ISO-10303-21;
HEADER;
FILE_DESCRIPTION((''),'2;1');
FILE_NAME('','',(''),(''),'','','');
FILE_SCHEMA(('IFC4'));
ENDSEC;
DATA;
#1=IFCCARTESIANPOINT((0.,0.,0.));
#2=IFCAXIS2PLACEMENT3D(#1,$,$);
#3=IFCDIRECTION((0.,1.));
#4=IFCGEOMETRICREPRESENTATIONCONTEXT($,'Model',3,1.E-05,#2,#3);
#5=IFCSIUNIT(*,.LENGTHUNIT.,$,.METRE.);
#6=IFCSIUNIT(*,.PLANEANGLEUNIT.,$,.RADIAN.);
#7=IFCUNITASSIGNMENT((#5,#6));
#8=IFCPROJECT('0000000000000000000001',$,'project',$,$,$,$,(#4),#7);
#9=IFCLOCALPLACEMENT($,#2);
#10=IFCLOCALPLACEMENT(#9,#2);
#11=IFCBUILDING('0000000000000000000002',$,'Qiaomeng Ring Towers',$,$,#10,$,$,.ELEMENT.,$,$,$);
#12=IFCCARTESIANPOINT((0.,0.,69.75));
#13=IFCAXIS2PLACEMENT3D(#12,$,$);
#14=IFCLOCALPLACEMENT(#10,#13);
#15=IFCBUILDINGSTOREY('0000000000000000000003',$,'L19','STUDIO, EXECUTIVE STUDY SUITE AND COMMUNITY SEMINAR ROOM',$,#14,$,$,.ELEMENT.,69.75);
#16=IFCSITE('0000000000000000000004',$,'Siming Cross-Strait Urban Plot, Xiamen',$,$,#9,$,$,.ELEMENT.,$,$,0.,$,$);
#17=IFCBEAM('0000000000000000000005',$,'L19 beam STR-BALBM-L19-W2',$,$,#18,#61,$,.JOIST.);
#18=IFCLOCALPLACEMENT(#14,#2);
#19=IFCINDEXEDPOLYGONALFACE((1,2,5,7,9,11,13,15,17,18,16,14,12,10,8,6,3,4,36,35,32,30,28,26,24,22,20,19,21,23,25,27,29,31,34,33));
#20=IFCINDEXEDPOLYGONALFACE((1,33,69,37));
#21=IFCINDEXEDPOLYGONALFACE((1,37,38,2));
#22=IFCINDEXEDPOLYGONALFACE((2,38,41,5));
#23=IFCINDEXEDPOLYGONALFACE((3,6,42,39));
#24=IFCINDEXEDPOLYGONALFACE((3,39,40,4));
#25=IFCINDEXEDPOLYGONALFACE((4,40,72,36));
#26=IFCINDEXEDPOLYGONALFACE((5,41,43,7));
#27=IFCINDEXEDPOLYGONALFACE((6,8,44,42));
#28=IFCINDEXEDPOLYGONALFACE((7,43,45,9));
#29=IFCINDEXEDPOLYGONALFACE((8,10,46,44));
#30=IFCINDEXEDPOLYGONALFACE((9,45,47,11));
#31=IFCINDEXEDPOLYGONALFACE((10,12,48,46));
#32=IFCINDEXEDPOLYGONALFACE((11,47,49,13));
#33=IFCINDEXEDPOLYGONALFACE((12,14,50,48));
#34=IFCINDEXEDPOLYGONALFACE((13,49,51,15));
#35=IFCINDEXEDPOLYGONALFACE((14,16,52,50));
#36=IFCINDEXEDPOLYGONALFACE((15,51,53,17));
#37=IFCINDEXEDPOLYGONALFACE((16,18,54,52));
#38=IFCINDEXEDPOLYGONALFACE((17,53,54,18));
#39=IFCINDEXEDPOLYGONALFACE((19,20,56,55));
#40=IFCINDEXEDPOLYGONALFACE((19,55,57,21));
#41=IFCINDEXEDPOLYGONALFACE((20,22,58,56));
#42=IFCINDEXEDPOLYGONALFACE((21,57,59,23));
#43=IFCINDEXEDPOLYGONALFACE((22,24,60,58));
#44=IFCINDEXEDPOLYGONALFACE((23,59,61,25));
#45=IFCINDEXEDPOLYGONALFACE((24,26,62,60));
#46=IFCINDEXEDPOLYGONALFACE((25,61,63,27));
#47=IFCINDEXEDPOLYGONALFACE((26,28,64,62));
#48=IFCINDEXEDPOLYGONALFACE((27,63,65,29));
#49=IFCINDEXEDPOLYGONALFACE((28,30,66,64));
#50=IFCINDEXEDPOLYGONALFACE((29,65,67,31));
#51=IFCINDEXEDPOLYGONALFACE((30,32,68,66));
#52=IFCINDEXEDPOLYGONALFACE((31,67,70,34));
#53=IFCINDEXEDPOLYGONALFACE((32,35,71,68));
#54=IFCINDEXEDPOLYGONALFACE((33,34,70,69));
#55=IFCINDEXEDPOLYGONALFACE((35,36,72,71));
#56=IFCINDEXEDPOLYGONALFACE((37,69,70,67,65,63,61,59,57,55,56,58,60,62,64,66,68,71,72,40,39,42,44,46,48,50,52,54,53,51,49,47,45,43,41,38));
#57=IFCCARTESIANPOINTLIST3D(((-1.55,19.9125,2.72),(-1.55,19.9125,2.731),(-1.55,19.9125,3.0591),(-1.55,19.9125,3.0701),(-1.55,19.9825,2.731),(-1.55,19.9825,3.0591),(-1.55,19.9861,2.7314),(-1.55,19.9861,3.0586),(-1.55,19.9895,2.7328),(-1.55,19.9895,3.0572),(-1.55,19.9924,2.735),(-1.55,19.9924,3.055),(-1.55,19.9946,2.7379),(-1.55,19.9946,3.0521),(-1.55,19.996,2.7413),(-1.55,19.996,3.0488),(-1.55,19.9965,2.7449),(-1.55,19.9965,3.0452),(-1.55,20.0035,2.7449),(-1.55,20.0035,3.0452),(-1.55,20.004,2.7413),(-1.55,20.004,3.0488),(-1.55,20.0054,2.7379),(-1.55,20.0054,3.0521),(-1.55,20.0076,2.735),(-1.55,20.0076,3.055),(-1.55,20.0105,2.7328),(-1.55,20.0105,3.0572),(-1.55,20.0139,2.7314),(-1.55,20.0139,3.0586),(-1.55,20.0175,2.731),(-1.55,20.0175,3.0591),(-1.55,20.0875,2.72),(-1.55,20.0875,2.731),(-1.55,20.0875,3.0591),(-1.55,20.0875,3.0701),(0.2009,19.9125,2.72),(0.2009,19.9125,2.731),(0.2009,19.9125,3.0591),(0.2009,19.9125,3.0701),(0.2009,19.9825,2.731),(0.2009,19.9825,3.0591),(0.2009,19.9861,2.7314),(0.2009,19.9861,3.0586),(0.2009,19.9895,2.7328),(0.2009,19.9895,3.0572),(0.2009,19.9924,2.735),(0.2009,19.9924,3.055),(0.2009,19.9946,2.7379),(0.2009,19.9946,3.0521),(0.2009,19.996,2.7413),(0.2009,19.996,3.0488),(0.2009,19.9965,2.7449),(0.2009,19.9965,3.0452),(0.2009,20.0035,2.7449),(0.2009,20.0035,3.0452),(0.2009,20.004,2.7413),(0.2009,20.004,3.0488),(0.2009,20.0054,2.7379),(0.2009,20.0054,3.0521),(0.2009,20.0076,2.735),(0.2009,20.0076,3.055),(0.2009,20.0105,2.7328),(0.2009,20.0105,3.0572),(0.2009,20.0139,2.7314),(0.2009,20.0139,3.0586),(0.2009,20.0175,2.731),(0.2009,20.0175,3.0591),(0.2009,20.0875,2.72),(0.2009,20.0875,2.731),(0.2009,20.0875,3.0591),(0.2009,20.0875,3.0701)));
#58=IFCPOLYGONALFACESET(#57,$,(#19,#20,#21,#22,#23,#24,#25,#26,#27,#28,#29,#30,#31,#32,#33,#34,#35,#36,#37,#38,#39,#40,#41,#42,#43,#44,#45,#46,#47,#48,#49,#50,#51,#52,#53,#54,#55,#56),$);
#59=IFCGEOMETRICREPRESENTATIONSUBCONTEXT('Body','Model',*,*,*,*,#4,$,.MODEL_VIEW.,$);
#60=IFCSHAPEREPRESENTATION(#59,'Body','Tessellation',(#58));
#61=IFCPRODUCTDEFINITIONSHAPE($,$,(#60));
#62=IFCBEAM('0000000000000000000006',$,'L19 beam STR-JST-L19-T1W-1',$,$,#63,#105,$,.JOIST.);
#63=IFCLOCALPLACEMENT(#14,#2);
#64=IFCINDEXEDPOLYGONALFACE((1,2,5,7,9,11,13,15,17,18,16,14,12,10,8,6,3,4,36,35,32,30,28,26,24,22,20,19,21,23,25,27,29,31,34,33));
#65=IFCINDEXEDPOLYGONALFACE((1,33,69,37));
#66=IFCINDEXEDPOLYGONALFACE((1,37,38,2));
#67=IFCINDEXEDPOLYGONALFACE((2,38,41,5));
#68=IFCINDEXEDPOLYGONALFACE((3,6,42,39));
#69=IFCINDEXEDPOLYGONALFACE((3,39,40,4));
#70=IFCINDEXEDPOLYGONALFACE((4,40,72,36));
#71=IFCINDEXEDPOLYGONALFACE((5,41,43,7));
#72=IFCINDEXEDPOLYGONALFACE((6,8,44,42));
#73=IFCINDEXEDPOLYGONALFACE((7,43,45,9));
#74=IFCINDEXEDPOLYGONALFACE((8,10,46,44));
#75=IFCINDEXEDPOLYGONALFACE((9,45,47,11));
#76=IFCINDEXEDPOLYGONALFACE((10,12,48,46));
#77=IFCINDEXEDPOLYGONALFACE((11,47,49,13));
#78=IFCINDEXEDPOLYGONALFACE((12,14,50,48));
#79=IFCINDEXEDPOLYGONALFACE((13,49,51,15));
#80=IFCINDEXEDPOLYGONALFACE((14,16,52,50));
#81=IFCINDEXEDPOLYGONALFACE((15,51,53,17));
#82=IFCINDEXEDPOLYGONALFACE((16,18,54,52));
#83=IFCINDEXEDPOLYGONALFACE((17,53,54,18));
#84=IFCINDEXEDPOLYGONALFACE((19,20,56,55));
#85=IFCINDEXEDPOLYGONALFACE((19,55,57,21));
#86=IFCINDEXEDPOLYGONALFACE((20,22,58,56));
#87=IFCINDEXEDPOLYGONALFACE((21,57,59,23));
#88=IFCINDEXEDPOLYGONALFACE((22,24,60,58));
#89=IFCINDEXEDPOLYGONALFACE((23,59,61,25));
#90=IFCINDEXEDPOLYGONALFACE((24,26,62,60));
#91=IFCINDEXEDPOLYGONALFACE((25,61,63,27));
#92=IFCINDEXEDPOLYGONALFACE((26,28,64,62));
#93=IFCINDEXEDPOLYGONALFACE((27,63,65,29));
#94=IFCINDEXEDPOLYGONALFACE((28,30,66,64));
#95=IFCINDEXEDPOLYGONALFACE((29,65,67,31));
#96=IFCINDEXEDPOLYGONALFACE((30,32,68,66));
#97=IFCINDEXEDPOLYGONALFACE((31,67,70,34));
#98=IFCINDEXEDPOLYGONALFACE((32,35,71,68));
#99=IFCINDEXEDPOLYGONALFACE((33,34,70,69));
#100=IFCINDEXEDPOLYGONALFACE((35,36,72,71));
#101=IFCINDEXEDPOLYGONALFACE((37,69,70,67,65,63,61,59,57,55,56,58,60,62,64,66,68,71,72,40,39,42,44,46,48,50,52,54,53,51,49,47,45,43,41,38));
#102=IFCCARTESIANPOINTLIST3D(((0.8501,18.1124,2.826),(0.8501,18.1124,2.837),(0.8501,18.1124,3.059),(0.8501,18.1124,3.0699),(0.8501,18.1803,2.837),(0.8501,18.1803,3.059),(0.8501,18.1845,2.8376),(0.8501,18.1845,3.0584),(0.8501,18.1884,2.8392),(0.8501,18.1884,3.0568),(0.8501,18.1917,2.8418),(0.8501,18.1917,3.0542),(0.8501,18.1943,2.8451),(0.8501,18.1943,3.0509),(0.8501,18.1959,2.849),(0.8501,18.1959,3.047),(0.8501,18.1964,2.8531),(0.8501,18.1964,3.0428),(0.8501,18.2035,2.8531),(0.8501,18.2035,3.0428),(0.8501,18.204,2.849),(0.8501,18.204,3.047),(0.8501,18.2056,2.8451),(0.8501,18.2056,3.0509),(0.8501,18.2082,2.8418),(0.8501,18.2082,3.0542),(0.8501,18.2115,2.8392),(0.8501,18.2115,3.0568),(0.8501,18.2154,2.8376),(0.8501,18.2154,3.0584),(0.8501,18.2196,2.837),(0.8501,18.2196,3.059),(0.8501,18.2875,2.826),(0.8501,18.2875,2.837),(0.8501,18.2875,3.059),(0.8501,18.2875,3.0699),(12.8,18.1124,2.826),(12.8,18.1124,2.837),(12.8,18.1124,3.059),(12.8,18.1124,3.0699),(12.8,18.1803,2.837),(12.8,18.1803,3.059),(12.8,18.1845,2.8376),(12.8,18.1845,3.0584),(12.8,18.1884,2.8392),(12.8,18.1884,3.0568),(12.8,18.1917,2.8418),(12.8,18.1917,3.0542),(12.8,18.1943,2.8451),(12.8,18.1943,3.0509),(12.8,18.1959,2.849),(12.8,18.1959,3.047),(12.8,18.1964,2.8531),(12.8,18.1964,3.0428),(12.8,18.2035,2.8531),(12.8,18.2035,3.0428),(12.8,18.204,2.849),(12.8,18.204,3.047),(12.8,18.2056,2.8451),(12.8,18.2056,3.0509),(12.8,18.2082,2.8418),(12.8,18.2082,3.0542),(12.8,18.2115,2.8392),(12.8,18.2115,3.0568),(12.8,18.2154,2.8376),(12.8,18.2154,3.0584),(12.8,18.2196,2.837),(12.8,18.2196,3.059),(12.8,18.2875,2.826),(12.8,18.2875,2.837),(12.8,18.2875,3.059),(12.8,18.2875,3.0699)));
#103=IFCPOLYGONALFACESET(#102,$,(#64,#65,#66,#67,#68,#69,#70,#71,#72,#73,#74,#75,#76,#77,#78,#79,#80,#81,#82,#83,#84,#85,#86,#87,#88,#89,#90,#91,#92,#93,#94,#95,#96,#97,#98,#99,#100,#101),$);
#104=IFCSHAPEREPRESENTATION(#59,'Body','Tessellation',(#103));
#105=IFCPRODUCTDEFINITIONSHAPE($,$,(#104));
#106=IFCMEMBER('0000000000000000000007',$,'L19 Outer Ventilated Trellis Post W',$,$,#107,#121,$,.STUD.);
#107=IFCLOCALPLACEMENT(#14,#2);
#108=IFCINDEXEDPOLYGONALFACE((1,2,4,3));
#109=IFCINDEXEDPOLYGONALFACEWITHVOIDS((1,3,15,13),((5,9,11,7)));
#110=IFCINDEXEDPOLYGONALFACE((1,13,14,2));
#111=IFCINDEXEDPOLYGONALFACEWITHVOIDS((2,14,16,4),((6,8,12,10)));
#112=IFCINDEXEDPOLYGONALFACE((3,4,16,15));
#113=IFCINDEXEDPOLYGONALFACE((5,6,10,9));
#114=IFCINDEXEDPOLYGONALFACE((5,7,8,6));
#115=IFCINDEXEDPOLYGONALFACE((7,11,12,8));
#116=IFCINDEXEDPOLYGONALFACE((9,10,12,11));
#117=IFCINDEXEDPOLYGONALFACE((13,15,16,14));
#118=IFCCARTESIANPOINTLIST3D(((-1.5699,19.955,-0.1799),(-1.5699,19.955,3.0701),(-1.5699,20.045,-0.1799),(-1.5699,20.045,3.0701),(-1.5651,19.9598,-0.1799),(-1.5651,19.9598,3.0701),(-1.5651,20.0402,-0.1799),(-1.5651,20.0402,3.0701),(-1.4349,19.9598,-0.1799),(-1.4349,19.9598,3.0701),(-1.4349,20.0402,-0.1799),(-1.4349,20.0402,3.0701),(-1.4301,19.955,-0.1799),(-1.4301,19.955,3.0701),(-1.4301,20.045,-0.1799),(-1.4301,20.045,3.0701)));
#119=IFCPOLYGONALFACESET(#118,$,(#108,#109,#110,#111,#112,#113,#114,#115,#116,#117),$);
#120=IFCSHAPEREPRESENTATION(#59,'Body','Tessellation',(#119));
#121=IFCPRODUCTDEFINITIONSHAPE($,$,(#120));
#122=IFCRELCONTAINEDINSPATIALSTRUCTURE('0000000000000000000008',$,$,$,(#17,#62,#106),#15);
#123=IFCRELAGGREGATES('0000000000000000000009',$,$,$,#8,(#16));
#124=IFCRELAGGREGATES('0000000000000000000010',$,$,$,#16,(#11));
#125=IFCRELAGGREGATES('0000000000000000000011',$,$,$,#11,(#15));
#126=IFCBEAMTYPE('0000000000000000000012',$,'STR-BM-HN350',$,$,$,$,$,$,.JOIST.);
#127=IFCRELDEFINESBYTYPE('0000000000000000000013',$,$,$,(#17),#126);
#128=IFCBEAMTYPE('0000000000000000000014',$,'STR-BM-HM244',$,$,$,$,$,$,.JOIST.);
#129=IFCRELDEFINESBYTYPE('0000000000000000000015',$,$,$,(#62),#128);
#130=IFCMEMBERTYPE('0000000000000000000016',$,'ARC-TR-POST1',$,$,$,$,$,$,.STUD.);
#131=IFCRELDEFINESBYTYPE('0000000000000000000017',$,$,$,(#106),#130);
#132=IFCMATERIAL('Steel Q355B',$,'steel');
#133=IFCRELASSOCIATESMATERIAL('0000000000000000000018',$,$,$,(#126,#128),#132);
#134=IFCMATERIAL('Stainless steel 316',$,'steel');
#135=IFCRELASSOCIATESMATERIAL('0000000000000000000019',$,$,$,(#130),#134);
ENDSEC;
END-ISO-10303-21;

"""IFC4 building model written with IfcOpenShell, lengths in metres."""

from ifc_helpers import new_model, si_unit, direction, frame, origin, origin_2d, place, context, subcontext, project, spatial, hollow_rectangle, i_section, extrude, source, transform, mapped, material, material_profile, profile_set, type_object, element, save


model = new_model("IFC4")

# Units and contexts
model_context = context("Model", 3, precision=1e-05, world=origin(), true_north=direction((0.0, 1.0)))
body_context = subcontext(model_context, "Body", "Model", "MODEL_VIEW")
ifc_project = project(units=[si_unit("LENGTHUNIT", "METRE"), si_unit("PLANEANGLEUNIT", "RADIAN")], contexts=[model_context])

# Site, building, storey
site_placement = place(None, origin())
site = spatial("IfcSite", under=ifc_project, at=site_placement, Name="Siming Cross-Strait Urban Plot, Xiamen", CompositionType="ELEMENT", RefElevation=0.0)
building_placement = place(site_placement, origin())
building = spatial("IfcBuilding", under=site, at=building_placement, Name="Qiaomeng Ring Towers", CompositionType="ELEMENT")
storey_placement = place(building_placement, frame((0.0, 0.0, 69.75)))
storey = spatial("IfcBuildingStorey", under=building, at=storey_placement, Name="L19", Description="STUDIO, EXECUTIVE STUDY SUITE AND COMMUNITY SEMINAR ROOM", CompositionType="ELEMENT", Elevation=69.75)

# Beams
ifc_material_1 = material(Name="Steel Q355B", Category="steel")
ifc_material_profile_1 = material_profile(ifc_material_1, i_section(OverallWidth=0.175, OverallDepth=0.3501, WebThickness=0.0071, FlangeThickness=0.011, FilletRadius=0.0139, at=origin_2d()), Name="HN 350x175x7x11")
ifc_profile_set_1 = profile_set([ifc_material_profile_1], Name="Steel Q355B")
beam_type_1 = type_object("IfcBeamType", Name="STR-BM-HN350", PredefinedType="JOIST", material=ifc_profile_set_1)
shared_shape_1 = source(origin(), body_context, "Body", "SweptSolid", [
    extrude(i_section(OverallWidth=0.175, OverallDepth=0.3501, WebThickness=0.0071, FlangeThickness=0.011, FilletRadius=0.0139, at=origin_2d()), origin(), (0.0, 0.0, 1.0), 1.751),
])
beam_1_placement = place(storey_placement, frame((-1.55, 20.0, 2.895), z_axis=(1.0, 0.0, 0.0), x_axis=(0.0, 1.0, 0.0)))
element("IfcBeam", 1, at=beam_1_placement, inside=storey, type_object=beam_type_1, Name="L19 beam STR-BALBM-L19-W2", PredefinedType="JOIST", context=body_context, shape_type="MappedRepresentation", body=[
    mapped(shared_shape_1, transform((0.0, 0.0, 0.0), x_axis=(1.0, 0.0, 0.0), y_axis=(0.0, 1.0, 0.0), z_axis=(0.0, 0.0, 1.0), scale=1.0)),
])
ifc_material_profile_2 = material_profile(ifc_material_1, i_section(OverallWidth=0.175, OverallDepth=0.2439, WebThickness=0.0071, FlangeThickness=0.011, FilletRadius=0.0161, at=origin_2d()), Name="HM 244x175x7x11")
ifc_profile_set_2 = profile_set([ifc_material_profile_2], Name="Steel Q355B")
beam_type_2 = type_object("IfcBeamType", Name="STR-BM-HM244", PredefinedType="JOIST", material=ifc_profile_set_2)
shared_shape_2 = source(origin(), body_context, "Body", "SweptSolid", [
    extrude(i_section(OverallWidth=0.175, OverallDepth=0.2439, WebThickness=0.0071, FlangeThickness=0.011, FilletRadius=0.0161, at=origin_2d()), origin(), (0.0, 0.0, 1.0), 11.95),
])
beam_2_placement = place(storey_placement, frame((0.8501, 18.2, 2.948), z_axis=(1.0, 0.0, 0.0), x_axis=(0.0, 1.0, 0.0)))
element("IfcBeam", 2, at=beam_2_placement, inside=storey, type_object=beam_type_2, Name="L19 beam STR-JST-L19-T1W-1", PredefinedType="JOIST", context=body_context, shape_type="MappedRepresentation", body=[
    mapped(shared_shape_2, transform((0.0, 0.0, 0.0), x_axis=(1.0, 0.0, 0.0), y_axis=(0.0, 1.0, 0.0), z_axis=(0.0, 0.0, 1.0), scale=1.0)),
])

# Member
ifc_material_2 = material(Name="Stainless steel 316", Category="steel")
ifc_material_profile_3 = material_profile(ifc_material_2, hollow_rectangle(XDim=0.0901, YDim=0.1399, WallThickness=0.0049, at=origin_2d()), Name="SS TRELLIS 90x140")
ifc_profile_set_3 = profile_set([ifc_material_profile_3], Name="Stainless steel 316")
member_type = type_object("IfcMemberType", Name="ARC-TR-POST1", PredefinedType="STUD", material=ifc_profile_set_3)
shared_shape_3 = source(origin(), body_context, "Body", "SweptSolid", [
    extrude(hollow_rectangle(XDim=0.0901, YDim=0.1399, WallThickness=0.0049, at=origin_2d()), origin(), (0.0, 0.0, 1.0), 3.25),
])
member_placement = place(storey_placement, frame((-1.5, 20.0, -0.1799), z_axis=(0.0, 0.0, 1.0), x_axis=(0.0, 1.0, 0.0)))
element("IfcMember", 3, at=member_placement, inside=storey, type_object=member_type, Name="L19 Outer Ventilated Trellis Post W", PredefinedType="STUD", context=body_context, shape_type="MappedRepresentation", body=[
    mapped(shared_shape_3, transform((0.0, 0.0, 0.0), x_axis=(1.0, 0.0, 0.0), y_axis=(0.0, 1.0, 0.0), z_axis=(0.0, 0.0, 1.0), scale=1.0)),
])

save(model, "model.ifc")
